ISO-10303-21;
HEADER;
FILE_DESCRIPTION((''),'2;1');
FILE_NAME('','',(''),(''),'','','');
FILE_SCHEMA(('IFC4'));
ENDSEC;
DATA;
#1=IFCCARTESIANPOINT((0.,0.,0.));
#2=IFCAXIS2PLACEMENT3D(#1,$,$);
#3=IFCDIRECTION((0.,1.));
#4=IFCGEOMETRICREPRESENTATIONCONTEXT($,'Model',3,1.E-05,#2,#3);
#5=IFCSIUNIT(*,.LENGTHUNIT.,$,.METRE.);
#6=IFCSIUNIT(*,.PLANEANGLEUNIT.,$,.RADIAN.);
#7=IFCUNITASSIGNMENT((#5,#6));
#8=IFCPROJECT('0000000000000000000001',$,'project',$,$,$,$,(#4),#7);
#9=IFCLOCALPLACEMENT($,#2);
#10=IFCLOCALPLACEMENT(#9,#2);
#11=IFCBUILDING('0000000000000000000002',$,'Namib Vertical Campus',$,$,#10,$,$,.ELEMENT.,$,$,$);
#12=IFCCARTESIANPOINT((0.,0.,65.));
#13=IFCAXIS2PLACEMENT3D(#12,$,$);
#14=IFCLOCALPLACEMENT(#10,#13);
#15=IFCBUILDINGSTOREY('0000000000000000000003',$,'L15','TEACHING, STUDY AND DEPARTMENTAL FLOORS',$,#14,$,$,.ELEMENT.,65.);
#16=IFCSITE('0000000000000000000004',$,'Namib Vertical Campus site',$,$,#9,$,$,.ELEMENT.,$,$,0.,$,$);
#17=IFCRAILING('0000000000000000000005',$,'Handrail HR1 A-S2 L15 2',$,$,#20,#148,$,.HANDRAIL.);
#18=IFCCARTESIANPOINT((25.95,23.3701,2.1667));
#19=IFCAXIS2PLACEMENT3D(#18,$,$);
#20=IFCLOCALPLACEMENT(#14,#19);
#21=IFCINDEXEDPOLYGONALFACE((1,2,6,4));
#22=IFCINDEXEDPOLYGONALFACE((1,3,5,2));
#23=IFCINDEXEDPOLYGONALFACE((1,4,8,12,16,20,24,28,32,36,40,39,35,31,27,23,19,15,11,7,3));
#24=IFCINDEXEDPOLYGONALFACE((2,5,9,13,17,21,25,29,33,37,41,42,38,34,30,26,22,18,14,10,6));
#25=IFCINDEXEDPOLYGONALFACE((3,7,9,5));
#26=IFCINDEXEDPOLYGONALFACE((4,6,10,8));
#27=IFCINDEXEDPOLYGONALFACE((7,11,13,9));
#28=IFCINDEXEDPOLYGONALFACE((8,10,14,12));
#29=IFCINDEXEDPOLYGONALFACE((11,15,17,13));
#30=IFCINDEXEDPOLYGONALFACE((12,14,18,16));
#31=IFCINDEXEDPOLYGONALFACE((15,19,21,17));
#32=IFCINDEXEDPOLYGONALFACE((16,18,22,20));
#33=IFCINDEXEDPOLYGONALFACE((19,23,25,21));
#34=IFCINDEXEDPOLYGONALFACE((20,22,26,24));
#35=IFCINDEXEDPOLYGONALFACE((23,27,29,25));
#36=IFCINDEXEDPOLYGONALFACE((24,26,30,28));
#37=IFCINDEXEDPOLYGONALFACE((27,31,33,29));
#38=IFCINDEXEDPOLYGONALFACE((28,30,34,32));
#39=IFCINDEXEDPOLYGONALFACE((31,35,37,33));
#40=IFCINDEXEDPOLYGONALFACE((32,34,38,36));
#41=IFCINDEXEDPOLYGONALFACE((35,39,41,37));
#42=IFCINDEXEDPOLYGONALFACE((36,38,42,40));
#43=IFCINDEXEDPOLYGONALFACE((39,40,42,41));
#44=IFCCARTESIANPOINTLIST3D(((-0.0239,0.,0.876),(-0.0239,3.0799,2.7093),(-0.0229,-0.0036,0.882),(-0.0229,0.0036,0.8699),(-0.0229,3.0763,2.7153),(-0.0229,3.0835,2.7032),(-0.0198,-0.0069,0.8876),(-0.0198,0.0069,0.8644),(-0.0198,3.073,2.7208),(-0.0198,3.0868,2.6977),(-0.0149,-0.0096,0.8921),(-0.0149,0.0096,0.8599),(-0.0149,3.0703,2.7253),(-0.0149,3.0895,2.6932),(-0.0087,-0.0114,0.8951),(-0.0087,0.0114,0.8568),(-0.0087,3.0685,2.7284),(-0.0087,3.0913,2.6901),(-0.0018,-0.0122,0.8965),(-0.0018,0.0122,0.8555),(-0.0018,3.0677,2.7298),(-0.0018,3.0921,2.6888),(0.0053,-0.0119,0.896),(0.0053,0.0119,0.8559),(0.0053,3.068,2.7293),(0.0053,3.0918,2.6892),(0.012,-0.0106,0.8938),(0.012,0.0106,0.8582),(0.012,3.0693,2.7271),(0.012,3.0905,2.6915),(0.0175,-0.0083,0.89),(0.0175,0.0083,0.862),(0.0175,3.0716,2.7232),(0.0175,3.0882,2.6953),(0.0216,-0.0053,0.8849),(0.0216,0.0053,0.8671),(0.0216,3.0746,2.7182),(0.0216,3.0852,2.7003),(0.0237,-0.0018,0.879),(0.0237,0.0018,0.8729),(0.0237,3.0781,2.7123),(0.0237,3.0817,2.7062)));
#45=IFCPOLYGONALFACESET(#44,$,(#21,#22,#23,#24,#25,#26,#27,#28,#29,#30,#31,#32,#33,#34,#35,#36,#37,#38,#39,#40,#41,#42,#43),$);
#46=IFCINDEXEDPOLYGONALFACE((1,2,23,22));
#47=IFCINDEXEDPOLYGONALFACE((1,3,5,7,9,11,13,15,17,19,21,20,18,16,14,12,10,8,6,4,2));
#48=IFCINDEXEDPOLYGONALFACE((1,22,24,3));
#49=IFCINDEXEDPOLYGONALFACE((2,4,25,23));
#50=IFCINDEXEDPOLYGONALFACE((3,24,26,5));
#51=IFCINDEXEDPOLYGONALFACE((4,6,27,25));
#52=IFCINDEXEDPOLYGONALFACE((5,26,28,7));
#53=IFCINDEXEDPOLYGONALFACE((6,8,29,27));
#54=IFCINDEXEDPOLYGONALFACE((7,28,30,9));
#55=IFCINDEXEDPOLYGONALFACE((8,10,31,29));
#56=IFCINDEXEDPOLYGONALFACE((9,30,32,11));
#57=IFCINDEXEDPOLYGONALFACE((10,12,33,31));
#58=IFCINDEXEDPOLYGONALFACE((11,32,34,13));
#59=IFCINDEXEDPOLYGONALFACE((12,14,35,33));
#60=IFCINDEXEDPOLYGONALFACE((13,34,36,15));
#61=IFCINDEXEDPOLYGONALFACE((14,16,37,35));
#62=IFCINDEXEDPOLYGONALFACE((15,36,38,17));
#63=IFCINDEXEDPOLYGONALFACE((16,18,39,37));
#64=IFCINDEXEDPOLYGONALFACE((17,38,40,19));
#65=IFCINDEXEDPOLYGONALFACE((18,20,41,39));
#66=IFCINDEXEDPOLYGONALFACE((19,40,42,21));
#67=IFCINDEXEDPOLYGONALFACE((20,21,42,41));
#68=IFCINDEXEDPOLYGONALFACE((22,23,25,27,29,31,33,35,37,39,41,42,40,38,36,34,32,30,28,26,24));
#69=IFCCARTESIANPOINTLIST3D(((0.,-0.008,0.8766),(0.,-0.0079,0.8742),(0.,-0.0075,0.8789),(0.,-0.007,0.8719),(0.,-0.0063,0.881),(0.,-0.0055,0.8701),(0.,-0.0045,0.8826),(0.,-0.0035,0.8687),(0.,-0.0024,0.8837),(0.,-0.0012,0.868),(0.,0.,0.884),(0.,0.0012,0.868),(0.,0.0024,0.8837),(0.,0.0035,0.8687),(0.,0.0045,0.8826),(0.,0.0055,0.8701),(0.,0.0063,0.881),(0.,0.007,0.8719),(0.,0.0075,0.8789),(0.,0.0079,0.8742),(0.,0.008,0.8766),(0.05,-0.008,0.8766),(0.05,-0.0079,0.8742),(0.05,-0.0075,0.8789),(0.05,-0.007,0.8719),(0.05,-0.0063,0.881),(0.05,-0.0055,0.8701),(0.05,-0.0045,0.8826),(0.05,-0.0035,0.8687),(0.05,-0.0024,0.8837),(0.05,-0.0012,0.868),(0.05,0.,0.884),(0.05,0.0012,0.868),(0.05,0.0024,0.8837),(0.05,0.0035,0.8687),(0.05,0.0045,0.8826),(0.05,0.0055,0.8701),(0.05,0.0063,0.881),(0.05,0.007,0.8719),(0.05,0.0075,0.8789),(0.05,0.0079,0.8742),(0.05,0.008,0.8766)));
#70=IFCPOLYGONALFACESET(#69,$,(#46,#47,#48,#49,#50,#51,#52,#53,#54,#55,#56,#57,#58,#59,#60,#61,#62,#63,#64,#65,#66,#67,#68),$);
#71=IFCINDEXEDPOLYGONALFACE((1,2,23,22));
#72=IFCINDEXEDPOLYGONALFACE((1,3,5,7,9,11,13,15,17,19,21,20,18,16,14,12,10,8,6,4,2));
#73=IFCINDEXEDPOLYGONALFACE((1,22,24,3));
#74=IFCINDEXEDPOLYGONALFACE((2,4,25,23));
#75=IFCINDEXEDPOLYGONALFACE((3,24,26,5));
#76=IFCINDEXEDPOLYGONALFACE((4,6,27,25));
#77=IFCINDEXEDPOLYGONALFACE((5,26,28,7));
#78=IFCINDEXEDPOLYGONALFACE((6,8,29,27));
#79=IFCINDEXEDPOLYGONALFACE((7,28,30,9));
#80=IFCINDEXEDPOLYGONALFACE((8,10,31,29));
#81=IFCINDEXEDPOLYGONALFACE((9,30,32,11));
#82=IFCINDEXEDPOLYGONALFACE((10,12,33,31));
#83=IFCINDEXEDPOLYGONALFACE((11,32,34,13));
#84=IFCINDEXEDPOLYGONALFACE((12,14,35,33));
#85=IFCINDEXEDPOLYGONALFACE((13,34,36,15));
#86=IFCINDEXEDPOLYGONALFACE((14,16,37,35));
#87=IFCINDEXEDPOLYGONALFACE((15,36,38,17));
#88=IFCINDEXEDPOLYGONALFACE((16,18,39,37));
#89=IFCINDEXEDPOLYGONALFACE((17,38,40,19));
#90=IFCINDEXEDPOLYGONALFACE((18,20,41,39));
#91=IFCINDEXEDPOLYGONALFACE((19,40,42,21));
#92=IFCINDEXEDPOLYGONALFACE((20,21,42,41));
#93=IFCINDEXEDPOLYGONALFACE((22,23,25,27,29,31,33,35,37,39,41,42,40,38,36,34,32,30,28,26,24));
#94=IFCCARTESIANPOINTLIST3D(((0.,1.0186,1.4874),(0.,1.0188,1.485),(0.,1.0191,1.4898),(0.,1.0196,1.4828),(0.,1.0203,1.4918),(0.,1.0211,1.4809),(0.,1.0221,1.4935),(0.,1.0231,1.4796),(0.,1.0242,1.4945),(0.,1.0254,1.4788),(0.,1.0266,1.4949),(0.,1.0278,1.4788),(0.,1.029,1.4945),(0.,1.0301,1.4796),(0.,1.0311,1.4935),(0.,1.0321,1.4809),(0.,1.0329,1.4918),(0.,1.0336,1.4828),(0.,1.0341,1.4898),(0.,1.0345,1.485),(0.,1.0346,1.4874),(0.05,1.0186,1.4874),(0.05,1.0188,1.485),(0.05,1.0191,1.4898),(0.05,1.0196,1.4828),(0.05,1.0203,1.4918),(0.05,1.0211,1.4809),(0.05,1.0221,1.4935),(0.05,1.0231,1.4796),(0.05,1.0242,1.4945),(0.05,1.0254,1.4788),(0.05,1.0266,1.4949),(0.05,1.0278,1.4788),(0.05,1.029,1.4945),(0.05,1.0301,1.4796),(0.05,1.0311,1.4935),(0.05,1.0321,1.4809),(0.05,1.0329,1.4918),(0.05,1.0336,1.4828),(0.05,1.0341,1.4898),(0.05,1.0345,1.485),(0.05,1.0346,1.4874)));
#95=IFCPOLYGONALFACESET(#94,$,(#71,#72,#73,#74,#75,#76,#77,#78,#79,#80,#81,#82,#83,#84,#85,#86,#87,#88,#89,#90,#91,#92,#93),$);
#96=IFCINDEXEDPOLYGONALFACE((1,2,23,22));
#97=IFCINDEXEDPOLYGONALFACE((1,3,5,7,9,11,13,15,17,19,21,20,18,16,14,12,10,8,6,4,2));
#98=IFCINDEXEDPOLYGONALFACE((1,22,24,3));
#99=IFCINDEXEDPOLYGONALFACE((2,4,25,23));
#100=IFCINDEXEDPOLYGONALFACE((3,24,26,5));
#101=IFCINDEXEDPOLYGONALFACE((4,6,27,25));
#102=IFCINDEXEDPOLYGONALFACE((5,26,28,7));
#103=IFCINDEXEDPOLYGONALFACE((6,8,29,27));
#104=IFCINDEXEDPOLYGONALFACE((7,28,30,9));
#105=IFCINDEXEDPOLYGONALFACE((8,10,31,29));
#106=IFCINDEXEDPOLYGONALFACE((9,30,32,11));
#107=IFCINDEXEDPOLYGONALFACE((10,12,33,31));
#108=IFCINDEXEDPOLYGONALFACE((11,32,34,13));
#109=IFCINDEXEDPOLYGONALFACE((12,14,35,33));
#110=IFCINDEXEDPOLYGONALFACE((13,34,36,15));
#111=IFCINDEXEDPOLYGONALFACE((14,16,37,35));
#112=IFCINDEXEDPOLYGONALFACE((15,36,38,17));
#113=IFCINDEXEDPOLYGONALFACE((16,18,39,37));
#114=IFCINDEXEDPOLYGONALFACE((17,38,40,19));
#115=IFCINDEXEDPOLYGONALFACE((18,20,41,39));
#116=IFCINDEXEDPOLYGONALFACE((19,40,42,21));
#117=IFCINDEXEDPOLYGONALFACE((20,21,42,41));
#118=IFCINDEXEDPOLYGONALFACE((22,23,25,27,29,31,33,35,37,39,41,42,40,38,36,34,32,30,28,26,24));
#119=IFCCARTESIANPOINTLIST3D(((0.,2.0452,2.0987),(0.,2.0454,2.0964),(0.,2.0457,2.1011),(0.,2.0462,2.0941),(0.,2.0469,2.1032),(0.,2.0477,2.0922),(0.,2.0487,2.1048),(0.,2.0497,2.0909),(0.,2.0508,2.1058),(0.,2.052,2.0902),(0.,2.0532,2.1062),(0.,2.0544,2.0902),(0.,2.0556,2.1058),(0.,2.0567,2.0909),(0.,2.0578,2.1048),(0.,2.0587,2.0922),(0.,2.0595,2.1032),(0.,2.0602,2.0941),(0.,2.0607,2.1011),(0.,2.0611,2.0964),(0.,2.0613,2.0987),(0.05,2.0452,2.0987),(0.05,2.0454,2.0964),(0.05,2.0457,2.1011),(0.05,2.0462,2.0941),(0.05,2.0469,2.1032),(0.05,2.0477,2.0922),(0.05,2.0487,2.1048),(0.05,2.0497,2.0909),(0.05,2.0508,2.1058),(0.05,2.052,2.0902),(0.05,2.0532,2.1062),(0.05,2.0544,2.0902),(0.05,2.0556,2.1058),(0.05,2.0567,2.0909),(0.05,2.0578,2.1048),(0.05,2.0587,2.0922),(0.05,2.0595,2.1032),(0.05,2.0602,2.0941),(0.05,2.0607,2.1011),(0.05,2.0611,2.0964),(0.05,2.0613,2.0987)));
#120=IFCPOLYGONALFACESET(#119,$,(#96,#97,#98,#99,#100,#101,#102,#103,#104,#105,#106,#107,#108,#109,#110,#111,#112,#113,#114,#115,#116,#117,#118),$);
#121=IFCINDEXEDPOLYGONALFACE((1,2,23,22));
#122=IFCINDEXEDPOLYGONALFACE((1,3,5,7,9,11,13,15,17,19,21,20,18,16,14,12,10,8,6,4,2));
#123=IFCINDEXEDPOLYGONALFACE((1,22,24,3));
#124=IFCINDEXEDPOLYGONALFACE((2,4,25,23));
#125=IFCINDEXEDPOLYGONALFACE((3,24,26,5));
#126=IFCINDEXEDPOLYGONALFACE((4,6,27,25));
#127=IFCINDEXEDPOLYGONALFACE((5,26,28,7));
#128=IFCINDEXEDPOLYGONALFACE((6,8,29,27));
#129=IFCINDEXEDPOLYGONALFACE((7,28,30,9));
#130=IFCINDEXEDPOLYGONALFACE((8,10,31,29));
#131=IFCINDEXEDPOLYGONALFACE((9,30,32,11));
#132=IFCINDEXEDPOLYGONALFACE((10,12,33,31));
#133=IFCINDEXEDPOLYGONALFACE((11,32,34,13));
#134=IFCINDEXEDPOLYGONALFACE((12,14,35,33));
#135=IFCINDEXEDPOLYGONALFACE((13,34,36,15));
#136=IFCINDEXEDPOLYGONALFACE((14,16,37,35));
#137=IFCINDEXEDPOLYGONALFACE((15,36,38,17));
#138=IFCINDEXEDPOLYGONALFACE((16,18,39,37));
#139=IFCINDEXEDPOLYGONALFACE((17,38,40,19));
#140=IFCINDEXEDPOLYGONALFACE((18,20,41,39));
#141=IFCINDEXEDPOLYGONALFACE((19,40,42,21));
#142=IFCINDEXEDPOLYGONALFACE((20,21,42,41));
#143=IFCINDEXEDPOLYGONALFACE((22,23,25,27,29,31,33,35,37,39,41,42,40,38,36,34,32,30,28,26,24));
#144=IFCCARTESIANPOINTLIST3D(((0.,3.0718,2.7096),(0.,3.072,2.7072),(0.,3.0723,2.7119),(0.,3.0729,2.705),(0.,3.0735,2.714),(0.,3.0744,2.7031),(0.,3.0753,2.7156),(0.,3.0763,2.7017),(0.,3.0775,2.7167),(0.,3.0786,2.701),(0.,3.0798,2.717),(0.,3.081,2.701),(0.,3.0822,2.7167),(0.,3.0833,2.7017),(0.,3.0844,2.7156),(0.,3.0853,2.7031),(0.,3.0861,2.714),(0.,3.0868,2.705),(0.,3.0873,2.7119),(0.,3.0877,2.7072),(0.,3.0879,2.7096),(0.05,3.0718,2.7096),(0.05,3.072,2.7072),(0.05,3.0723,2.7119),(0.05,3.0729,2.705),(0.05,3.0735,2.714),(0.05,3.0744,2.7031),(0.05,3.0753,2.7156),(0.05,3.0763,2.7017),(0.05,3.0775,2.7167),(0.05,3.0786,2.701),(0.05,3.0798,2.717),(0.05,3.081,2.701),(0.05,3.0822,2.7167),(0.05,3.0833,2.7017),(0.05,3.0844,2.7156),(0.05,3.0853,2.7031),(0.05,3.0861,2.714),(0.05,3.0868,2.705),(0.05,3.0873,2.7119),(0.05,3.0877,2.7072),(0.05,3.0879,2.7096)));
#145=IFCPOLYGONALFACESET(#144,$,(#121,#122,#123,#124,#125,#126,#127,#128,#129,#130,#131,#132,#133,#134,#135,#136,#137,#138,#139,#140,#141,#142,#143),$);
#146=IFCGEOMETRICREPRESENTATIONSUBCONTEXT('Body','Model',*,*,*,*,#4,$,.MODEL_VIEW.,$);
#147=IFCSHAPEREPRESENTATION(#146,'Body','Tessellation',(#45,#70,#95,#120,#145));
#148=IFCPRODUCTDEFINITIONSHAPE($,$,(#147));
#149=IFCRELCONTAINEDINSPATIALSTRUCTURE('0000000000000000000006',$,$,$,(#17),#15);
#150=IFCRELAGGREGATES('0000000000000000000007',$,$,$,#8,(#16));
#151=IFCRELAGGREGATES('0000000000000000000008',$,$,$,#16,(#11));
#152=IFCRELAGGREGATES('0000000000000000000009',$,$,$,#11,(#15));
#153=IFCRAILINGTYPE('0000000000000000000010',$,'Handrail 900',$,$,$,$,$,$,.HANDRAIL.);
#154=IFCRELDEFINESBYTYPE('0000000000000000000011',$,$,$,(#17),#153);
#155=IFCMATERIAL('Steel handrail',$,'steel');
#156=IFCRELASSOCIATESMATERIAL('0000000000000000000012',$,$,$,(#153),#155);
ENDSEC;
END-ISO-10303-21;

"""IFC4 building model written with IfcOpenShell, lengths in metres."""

from ifc_helpers import new_model, si_unit, direction, frame, origin, origin_2d, place, context, subcontext, project, spatial, circle, extrude, material, type_object, element, save


model = new_model("IFC4")

# Units and contexts
model_context = context("Model", 3, precision=1e-05, world=origin(), true_north=direction((0.0, 1.0)))
body_context = subcontext(model_context, "Body", "Model", "MODEL_VIEW")
ifc_project = project(units=[si_unit("LENGTHUNIT", "METRE"), si_unit("PLANEANGLEUNIT", "RADIAN")], contexts=[model_context])

# Site, building, storey
site_placement = place(None, origin())
site = spatial("IfcSite", under=ifc_project, at=site_placement, Name="Namib Vertical Campus site", CompositionType="ELEMENT", RefElevation=0.0)
building_placement = place(site_placement, origin())
building = spatial("IfcBuilding", under=site, at=building_placement, Name="Namib Vertical Campus", CompositionType="ELEMENT")
storey_placement = place(building_placement, frame((0.0, 0.0, 65.0)))
storey = spatial("IfcBuildingStorey", under=building, at=storey_placement, Name="L15", Description="TEACHING, STUDY AND DEPARTMENTAL FLOORS", CompositionType="ELEMENT", Elevation=65.0)

# Railing
ifc_material_1 = material(Name="Steel handrail", Category="steel")
railing_type_1 = type_object("IfcRailingType", Name="Handrail 900", PredefinedType="HANDRAIL", material=ifc_material_1)
railing_1_placement = place(storey_placement, frame((25.95, 23.3701, 2.1667)))
element("IfcRailing", 1, at=railing_1_placement, inside=storey, type_object=railing_type_1, Name="Handrail HR1 A-S2 L15 2", PredefinedType="HANDRAIL", context=body_context, shape_type="SweptSolid", body=[
    extrude(circle(Radius=0.0239, at=origin_2d()), frame((0.0, 0.0, 0.876), z_axis=(0.0, 0.859291, 0.511487), x_axis=(-1.0, 0.0, 0.0)), (0.0, 0.0, 1.0), 3.5842),
    extrude(circle(Radius=0.0081, at=origin_2d()), frame((0.0, 0.0, 0.876), z_axis=(1.0, 0.0, 0.0), x_axis=(0.0, 0.0, 1.0)), (0.0, 0.0, 1.0), 0.05),
    extrude(circle(Radius=0.0081, at=origin_2d()), frame((0.0, 1.0266, 1.4868), z_axis=(1.0, 0.0, 0.0), x_axis=(0.0, 0.0, 1.0)), (0.0, 0.0, 1.0), 0.05),
    extrude(circle(Radius=0.0081, at=origin_2d()), frame((0.0, 2.0532, 2.0981), z_axis=(1.0, 0.0, 0.0), x_axis=(0.0, 0.0, 1.0)), (0.0, 0.0, 1.0), 0.05),
    extrude(circle(Radius=0.0081, at=origin_2d()), frame((0.0, 3.0798, 2.709), z_axis=(1.0, 0.0, 0.0), x_axis=(0.0, 0.0, 1.0)), (0.0, 0.0, 1.0), 0.05),
])

save(model, "model.ifc")
